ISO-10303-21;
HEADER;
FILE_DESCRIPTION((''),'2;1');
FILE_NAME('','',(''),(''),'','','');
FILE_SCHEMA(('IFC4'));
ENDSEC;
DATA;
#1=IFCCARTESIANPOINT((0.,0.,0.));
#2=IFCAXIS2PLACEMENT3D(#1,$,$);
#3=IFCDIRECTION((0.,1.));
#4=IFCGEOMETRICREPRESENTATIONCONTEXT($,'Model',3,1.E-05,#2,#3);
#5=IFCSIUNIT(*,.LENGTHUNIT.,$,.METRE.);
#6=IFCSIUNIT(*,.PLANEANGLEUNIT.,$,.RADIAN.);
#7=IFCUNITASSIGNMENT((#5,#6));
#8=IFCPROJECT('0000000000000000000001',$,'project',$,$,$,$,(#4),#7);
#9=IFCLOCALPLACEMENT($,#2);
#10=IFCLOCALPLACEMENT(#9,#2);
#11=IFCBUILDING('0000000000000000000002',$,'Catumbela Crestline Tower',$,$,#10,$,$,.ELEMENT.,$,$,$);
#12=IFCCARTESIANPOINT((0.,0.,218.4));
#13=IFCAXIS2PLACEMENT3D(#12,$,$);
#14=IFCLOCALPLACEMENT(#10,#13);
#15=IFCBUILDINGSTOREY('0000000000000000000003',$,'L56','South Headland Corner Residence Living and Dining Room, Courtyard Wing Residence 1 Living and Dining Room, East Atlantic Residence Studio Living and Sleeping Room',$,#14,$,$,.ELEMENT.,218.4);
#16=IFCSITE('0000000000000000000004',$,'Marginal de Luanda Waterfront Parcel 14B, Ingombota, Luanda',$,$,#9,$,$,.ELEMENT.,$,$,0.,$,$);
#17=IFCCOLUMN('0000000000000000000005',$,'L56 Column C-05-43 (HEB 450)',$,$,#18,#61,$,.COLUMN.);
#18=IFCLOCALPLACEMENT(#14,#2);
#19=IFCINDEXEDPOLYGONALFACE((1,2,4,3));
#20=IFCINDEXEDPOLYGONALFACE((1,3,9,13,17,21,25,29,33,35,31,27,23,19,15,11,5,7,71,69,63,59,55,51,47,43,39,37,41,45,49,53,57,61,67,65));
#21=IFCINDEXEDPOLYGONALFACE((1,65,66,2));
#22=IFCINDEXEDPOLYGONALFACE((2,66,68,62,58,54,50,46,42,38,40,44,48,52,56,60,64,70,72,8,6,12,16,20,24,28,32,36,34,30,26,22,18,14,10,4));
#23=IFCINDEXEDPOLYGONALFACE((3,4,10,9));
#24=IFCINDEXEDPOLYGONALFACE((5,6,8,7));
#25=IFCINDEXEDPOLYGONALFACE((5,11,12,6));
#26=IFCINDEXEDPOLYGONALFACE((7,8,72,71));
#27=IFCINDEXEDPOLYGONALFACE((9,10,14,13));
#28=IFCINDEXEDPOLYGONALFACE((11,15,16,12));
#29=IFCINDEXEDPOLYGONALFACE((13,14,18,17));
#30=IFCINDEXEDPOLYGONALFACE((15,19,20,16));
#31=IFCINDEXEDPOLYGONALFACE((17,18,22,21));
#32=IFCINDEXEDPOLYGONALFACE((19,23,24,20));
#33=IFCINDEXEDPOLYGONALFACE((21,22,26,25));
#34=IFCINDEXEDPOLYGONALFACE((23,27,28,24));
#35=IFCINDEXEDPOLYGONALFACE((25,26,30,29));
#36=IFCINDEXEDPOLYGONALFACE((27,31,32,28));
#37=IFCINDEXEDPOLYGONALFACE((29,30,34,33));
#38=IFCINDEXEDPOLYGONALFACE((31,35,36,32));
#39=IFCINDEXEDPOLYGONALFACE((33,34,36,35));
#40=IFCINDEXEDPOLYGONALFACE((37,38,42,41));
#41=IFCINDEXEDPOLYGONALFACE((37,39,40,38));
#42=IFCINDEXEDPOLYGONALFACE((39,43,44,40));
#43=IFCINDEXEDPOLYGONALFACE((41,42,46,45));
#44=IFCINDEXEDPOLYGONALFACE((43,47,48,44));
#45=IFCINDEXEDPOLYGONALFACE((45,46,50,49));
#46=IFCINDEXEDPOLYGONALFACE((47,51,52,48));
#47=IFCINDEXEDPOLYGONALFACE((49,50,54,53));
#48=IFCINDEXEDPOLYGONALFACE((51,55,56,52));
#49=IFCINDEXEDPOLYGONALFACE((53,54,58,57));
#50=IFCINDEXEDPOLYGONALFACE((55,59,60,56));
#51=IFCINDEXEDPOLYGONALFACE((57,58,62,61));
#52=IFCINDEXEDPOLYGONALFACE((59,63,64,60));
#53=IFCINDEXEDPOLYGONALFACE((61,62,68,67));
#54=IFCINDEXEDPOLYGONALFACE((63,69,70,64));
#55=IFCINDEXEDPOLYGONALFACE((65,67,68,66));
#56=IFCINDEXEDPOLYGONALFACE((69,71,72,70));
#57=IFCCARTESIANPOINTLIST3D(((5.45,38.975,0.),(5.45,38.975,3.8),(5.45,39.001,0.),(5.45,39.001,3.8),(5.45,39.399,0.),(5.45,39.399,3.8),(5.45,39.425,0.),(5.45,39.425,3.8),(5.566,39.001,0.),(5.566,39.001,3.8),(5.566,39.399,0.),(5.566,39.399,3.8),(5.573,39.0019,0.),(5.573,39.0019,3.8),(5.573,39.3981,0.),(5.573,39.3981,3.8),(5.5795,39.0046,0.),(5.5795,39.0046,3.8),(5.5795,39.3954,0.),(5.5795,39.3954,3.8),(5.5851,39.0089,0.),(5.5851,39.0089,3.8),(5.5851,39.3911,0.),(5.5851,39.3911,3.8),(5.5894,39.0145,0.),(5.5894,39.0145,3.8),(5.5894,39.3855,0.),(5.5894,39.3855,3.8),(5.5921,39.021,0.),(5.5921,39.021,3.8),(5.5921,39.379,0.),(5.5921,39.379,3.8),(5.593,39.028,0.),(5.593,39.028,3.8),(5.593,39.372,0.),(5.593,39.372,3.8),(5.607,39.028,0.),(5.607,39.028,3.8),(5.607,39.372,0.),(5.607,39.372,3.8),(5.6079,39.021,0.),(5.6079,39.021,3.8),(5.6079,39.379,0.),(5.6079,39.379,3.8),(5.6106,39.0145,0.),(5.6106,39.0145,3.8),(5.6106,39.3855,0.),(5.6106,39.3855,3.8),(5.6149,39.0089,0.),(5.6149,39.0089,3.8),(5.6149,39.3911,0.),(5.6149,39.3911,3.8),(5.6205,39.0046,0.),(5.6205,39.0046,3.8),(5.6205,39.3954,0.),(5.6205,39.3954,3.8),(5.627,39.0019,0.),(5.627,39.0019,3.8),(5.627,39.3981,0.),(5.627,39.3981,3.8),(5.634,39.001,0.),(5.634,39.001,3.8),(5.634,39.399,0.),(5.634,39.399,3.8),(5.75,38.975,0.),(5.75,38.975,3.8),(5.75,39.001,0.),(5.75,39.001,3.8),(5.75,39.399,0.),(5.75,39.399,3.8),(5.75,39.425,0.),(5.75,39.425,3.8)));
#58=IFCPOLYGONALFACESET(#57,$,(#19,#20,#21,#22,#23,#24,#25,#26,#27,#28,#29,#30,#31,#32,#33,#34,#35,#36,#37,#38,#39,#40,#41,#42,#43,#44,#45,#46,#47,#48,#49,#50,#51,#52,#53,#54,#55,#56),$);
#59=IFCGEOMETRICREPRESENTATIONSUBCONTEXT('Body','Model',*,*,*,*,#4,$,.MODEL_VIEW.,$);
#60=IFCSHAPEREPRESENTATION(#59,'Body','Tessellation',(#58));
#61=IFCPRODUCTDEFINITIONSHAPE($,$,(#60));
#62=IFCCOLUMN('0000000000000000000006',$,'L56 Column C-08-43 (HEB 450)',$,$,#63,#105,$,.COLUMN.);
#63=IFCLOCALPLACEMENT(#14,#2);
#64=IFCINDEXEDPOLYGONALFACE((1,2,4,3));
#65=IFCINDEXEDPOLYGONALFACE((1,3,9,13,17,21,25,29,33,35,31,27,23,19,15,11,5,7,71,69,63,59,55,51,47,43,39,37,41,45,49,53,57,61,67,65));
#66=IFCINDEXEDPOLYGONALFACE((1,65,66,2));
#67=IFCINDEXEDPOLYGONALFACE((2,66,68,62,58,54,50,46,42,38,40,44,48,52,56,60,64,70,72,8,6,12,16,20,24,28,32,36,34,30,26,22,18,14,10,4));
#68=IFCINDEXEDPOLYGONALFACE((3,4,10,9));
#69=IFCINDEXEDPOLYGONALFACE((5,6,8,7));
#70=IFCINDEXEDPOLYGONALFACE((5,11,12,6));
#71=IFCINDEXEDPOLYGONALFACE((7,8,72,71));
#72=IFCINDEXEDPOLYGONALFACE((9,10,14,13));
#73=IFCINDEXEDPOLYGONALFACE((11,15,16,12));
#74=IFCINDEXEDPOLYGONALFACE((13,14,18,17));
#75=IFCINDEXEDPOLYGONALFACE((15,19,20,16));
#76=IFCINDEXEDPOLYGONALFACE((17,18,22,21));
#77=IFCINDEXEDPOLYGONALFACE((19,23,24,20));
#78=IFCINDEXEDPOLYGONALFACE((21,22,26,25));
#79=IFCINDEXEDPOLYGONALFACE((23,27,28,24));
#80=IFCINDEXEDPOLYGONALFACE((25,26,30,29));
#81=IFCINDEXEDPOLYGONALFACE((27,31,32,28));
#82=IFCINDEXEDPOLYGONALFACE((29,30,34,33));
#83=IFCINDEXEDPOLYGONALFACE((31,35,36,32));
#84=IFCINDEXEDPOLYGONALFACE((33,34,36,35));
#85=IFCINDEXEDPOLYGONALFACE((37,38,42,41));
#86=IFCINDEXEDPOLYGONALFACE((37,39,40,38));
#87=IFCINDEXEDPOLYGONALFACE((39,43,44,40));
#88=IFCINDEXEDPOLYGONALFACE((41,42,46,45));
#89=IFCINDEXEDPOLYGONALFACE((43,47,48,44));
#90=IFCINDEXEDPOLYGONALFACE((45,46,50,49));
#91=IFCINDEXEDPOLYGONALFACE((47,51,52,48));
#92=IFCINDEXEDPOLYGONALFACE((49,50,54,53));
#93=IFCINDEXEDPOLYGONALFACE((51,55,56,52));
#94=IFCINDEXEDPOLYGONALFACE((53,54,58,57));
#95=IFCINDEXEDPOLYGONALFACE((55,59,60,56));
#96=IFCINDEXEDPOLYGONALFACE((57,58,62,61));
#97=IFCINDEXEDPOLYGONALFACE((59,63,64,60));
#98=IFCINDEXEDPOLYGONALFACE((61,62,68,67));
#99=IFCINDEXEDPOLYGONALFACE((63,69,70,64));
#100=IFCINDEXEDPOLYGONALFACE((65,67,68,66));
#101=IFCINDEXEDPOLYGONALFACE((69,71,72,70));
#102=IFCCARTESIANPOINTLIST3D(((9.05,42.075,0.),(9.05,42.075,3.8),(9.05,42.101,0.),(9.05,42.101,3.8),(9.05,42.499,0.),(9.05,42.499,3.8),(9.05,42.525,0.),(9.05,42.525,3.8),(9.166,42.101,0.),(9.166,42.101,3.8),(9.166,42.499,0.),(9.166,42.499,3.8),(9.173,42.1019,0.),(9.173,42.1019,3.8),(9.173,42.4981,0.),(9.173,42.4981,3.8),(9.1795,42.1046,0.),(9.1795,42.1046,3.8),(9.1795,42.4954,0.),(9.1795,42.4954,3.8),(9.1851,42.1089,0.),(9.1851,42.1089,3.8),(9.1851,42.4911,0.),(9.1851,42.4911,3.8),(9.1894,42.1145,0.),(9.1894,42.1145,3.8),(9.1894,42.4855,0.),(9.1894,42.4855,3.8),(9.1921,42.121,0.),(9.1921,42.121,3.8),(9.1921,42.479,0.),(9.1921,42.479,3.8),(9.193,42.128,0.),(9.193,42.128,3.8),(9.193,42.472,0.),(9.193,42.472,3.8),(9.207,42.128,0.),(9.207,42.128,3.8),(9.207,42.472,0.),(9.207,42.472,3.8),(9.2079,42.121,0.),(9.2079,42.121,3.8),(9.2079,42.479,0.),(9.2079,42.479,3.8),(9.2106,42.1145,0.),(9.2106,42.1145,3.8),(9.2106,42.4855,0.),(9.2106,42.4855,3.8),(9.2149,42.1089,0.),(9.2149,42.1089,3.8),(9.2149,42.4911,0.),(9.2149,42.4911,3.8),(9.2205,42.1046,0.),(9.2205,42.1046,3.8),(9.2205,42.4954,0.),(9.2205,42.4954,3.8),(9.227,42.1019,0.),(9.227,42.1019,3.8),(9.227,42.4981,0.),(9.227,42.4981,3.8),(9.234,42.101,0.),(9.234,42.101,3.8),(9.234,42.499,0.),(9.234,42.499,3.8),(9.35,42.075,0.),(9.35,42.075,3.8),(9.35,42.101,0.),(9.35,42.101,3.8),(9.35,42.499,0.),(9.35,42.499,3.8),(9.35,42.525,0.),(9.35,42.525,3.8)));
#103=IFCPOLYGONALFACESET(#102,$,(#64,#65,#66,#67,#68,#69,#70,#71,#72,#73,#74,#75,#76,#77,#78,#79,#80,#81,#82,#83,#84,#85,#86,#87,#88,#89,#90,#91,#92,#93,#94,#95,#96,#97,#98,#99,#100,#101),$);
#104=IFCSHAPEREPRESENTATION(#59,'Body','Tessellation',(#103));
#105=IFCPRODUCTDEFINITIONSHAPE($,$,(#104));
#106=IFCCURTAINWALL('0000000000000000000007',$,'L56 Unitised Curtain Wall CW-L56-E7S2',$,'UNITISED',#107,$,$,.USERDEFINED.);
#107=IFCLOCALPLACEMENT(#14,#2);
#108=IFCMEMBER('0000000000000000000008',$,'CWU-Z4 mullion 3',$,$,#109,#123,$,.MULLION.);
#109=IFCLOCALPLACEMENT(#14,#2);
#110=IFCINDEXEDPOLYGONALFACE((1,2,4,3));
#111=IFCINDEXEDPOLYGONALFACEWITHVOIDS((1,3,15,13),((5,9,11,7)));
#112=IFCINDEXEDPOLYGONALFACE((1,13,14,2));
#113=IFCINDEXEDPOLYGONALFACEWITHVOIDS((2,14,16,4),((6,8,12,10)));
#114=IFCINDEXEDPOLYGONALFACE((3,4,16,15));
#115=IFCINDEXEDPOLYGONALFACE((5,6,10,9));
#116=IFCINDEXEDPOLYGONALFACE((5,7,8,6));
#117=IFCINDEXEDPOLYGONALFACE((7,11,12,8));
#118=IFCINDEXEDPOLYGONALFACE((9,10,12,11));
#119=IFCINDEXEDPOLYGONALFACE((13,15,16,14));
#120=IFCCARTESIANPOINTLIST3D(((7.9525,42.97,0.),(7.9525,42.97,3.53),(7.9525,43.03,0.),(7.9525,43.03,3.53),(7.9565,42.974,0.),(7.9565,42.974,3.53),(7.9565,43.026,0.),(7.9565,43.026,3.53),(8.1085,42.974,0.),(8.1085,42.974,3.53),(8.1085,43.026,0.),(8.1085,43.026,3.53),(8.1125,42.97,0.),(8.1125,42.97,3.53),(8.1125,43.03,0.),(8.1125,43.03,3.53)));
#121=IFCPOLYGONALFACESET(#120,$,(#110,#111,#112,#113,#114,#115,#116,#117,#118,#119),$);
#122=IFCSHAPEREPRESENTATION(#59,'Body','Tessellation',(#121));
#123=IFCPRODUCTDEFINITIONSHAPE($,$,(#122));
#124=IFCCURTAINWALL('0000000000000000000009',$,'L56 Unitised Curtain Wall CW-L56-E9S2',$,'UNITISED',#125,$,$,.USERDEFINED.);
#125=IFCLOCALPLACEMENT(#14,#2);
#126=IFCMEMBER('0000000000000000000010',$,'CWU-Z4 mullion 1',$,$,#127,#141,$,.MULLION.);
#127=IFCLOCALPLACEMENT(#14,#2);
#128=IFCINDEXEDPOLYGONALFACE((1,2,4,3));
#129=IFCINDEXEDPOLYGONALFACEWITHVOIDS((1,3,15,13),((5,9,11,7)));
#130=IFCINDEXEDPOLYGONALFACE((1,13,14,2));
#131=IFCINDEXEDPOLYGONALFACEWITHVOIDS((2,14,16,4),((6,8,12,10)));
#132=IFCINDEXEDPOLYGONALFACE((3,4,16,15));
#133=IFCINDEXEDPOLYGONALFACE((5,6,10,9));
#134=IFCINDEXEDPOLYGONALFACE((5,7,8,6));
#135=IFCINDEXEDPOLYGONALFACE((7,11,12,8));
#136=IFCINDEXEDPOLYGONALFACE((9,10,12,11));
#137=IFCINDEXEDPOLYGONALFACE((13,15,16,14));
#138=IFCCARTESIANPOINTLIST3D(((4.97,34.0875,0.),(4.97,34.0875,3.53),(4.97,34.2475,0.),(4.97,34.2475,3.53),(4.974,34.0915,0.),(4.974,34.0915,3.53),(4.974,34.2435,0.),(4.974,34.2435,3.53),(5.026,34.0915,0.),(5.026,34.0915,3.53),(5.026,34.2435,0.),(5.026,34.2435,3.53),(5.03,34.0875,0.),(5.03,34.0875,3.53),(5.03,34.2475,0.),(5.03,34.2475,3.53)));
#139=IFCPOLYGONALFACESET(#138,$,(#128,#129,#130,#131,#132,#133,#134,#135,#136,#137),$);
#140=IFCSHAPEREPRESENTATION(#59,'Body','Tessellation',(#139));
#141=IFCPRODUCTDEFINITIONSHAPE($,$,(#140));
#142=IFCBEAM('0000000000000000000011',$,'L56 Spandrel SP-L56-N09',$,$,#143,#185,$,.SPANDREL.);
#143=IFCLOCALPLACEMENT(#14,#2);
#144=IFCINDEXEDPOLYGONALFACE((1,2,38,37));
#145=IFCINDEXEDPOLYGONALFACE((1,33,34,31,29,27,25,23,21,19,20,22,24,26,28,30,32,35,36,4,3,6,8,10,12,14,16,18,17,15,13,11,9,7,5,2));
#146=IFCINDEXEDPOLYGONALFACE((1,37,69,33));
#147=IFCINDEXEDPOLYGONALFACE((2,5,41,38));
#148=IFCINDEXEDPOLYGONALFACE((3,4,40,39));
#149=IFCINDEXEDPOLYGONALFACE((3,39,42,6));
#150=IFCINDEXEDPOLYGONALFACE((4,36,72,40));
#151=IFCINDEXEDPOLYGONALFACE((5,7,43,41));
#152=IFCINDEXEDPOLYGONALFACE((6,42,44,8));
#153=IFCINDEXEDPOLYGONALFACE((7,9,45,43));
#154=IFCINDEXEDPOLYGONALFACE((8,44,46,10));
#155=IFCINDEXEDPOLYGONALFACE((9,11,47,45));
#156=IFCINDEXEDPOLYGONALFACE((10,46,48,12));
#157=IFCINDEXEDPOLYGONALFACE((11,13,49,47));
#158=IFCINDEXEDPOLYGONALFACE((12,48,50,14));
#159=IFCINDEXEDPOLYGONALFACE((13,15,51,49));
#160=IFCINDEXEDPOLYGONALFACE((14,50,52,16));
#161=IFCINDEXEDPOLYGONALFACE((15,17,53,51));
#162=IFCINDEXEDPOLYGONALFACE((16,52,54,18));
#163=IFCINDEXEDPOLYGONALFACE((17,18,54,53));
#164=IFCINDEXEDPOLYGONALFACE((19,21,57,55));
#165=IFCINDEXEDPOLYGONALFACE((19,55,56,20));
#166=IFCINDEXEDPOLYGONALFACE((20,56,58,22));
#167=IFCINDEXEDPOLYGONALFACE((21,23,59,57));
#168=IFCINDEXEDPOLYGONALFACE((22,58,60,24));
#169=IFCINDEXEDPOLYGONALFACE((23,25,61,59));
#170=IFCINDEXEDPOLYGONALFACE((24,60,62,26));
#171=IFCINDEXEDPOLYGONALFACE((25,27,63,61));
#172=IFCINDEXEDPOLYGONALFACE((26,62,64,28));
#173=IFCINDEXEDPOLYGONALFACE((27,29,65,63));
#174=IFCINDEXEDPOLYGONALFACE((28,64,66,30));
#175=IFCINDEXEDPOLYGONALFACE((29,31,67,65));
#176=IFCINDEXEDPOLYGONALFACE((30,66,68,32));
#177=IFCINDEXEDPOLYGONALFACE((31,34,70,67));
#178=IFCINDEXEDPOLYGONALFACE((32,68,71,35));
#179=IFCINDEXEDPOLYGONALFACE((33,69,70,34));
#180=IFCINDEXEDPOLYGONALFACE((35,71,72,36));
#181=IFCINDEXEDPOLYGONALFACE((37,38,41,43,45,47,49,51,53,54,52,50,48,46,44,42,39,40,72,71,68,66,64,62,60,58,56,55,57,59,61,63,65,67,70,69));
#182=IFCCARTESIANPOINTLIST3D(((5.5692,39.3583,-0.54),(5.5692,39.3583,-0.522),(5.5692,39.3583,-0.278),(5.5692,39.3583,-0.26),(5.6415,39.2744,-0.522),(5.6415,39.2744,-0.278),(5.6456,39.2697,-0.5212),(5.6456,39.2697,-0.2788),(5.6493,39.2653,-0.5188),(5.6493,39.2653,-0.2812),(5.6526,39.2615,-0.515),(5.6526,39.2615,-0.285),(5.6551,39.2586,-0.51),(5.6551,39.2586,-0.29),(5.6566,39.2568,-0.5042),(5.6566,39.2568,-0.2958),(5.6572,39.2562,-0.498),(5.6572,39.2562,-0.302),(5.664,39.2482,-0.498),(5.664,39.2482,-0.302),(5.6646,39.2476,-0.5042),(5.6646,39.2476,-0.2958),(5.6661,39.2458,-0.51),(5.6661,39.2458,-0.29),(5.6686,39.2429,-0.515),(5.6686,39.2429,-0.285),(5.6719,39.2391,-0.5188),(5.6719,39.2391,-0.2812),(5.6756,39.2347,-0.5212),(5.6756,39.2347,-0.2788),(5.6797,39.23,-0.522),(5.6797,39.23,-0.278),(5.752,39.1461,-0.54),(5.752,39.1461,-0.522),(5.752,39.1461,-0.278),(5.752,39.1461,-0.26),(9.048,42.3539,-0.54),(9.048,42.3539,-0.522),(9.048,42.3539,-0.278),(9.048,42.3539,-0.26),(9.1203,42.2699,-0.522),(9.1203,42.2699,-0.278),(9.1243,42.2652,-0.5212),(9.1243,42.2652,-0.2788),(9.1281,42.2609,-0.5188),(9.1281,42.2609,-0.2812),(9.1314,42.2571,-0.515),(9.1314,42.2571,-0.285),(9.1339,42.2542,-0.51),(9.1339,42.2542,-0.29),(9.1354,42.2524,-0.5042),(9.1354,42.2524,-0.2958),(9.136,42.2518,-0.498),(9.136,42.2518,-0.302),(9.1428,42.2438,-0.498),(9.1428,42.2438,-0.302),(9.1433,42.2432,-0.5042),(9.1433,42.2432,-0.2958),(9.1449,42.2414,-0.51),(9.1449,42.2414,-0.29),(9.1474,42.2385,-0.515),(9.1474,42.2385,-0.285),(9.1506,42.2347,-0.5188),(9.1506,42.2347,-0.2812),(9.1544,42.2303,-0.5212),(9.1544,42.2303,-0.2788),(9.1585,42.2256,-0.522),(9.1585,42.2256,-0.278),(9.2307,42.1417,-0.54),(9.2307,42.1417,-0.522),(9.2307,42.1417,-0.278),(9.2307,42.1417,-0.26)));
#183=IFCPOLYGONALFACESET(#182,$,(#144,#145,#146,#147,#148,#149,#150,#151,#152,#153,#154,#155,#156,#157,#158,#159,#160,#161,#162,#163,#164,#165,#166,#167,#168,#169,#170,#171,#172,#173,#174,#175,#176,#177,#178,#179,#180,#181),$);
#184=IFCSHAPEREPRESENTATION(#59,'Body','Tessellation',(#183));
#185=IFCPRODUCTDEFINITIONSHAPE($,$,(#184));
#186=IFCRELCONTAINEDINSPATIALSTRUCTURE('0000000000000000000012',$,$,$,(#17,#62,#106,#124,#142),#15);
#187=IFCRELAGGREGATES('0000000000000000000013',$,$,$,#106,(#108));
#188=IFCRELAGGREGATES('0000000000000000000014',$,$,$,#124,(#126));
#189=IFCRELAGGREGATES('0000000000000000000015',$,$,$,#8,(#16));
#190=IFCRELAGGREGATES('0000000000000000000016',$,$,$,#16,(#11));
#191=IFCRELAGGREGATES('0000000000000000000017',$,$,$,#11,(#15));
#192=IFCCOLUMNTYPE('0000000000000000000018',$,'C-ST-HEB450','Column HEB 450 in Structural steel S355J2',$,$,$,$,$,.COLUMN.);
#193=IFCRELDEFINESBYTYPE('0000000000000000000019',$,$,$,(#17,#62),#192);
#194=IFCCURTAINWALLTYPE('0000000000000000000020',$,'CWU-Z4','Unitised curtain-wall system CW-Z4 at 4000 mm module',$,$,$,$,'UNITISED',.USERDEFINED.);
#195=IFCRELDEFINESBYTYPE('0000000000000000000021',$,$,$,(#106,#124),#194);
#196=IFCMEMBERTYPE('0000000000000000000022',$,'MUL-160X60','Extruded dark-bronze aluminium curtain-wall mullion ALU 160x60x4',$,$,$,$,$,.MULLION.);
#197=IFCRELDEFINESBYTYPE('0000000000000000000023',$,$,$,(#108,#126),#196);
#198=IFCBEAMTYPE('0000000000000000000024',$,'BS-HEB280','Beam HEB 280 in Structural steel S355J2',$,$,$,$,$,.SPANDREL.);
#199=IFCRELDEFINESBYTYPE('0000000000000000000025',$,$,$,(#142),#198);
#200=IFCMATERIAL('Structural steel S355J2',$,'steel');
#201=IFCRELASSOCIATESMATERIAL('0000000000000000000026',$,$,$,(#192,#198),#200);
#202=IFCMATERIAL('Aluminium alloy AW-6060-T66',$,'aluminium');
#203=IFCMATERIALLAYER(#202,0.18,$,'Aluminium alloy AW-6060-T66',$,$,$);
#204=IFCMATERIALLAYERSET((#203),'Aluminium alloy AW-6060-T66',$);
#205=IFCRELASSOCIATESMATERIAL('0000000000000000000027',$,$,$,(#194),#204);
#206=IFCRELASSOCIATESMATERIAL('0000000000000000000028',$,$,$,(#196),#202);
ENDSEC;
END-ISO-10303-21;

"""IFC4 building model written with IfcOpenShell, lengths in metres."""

from ifc_helpers import new_model, si_unit, direction, frame, origin, origin_2d, place, context, subcontext, project, spatial, hollow_rectangle, i_section, extrude, material, layer, layer_set, material_profile, profile_set, type_object, element, aggregate, save


model = new_model("IFC4")

# Units and contexts
model_context = context("Model", 3, precision=1e-05, world=origin(), true_north=direction((0.0, 1.0)))
body_context = subcontext(model_context, "Body", "Model", "MODEL_VIEW")
ifc_project = project(units=[si_unit("LENGTHUNIT", "METRE"), si_unit("PLANEANGLEUNIT", "RADIAN")], contexts=[model_context])

# Site, building, storey
site_placement = place(None, origin())
site = spatial("IfcSite", under=ifc_project, at=site_placement, Name="Marginal de Luanda Waterfront Parcel 14B, Ingombota, Luanda", CompositionType="ELEMENT", RefElevation=0.0)
building_placement = place(site_placement, origin())
building = spatial("IfcBuilding", under=site, at=building_placement, Name="Catumbela Crestline Tower", CompositionType="ELEMENT")
storey_placement = place(building_placement, frame((0.0, 0.0, 218.4)))
storey = spatial("IfcBuildingStorey", under=building, at=storey_placement, Name="L56", Description="South Headland Corner Residence Living and Dining Room, Courtyard Wing Residence 1 Living and Dining Room, East Atlantic Residence Studio Living and Sleeping Room", CompositionType="ELEMENT", Elevation=218.4)

# Columns
ifc_material_1 = material(Name="Structural steel S355J2", Category="steel")
ifc_material_profile_1 = material_profile(ifc_material_1, i_section(OverallWidth=0.3, OverallDepth=0.45, WebThickness=0.014, FlangeThickness=0.026, FilletRadius=0.027, at=origin_2d()), Name="HEB 450")
ifc_profile_set_1 = profile_set([ifc_material_profile_1], Name="Structural steel S355J2")
column_type = type_object("IfcColumnType", Name="C-ST-HEB450", Description="Column HEB 450 in Structural steel S355J2", PredefinedType="COLUMN", material=ifc_profile_set_1)
for number, where, z_axis, x_axis, name in (
    (1, (5.6, 39.2, 0.0), (0.0, 0.0, 1.0), (1.0, 0.0, 0.0), "L56 Column C-05-43 (HEB 450)"),
    (2, (9.2, 42.3, 0.0), (0.0, 0.0, 1.0), (1.0, 0.0, 0.0), "L56 Column C-08-43 (HEB 450)"),
):
    element("IfcColumn", number, at=place(storey_placement, frame(where, z_axis=z_axis, x_axis=x_axis)), inside=storey, type_object=column_type, Name=name, PredefinedType="COLUMN", context=body_context, shape_type="SweptSolid", body=[
        extrude(i_section(OverallWidth=0.3, OverallDepth=0.45, WebThickness=0.014, FlangeThickness=0.026, FilletRadius=0.027, at=origin_2d()), origin(), (0.0, 0.0, 1.0), 3.8),
    ])

# Curtain walls, members
ifc_material_2 = material(Name="Aluminium alloy AW-6060-T66", Category="aluminium")
ifc_layer_1 = layer(ifc_material_2, 0.18, Name="Aluminium alloy AW-6060-T66")
ifc_layer_set_1 = layer_set([ifc_layer_1], Name="Aluminium alloy AW-6060-T66")
curtain_wall_type = type_object("IfcCurtainWallType", Name="CWU-Z4", Description="Unitised curtain-wall system CW-Z4 at 4000 mm module", ElementType="UNITISED", PredefinedType="USERDEFINED", material=ifc_layer_set_1)
curtain_wall_1_placement = place(storey_placement, origin())
curtain_wall_1 = element("IfcCurtainWall", 3, at=curtain_wall_1_placement, inside=storey, type_object=curtain_wall_type, Name="L56 Unitised Curtain Wall CW-L56-E7S2", ObjectType="UNITISED", PredefinedType="USERDEFINED")
ifc_material_profile_2 = material_profile(ifc_material_2, hollow_rectangle(XDim=0.06, YDim=0.16, WallThickness=0.004, at=origin_2d()), Name="ALU 160x60x4")
ifc_profile_set_2 = profile_set([ifc_material_profile_2], Name="Aluminium alloy AW-6060-T66")
member_type_1 = type_object("IfcMemberType", Name="MUL-160X60", Description="Extruded dark-bronze aluminium curtain-wall mullion ALU 160x60x4", PredefinedType="MULLION", material=ifc_profile_set_2)
member_1_placement = place(storey_placement, frame((8.0325, 43.0, 0.0), z_axis=(0.0, 0.0, 1.0), x_axis=(0.0, -1.0, 0.0)))
member_1 = element("IfcMember", 4, at=member_1_placement, type_object=member_type_1, Name="CWU-Z4 mullion 3", PredefinedType="MULLION", context=body_context, shape_type="SweptSolid", body=[
    extrude(hollow_rectangle(XDim=0.06, YDim=0.16, WallThickness=0.004, at=origin_2d()), origin(), (0.0, 0.0, 1.0), 3.53),
])
aggregate(curtain_wall_1, [member_1])
curtain_wall_2_placement = place(storey_placement, origin())
curtain_wall_2 = element("IfcCurtainWall", 5, at=curtain_wall_2_placement, inside=storey, type_object=curtain_wall_type, Name="L56 Unitised Curtain Wall CW-L56-E9S2", ObjectType="UNITISED", PredefinedType="USERDEFINED")
member_2_placement = place(storey_placement, frame((5.0, 34.1675, 0.0), z_axis=(0.0, 0.0, 1.0), x_axis=(1.0, 0.0, 0.0)))
member_2 = element("IfcMember", 6, at=member_2_placement, type_object=member_type_1, Name="CWU-Z4 mullion 1", PredefinedType="MULLION", context=body_context, shape_type="SweptSolid", body=[
    extrude(hollow_rectangle(XDim=0.06, YDim=0.16, WallThickness=0.004, at=origin_2d()), origin(), (0.0, 0.0, 1.0), 3.53),
])

# Beam
ifc_material_profile_3 = material_profile(ifc_material_1, i_section(OverallWidth=0.28, OverallDepth=0.28, WebThickness=0.0105, FlangeThickness=0.018, FilletRadius=0.024, at=origin_2d()), Name="HEB 280")
ifc_profile_set_3 = profile_set([ifc_material_profile_3], Name="Structural steel S355J2")
beam_type = type_object("IfcBeamType", Name="BS-HEB280", Description="Beam HEB 280 in Structural steel S355J2", PredefinedType="SPANDREL", material=ifc_profile_set_3)
beam_1_placement = place(storey_placement, frame((5.6606, 39.2522, -0.4), z_axis=(0.757772, 0.652519, 0.0), x_axis=(-0.652519, 0.757772, 0.0)))
element("IfcBeam", 7, at=beam_1_placement, inside=storey, type_object=beam_type, Name="L56 Spandrel SP-L56-N09", PredefinedType="SPANDREL", context=body_context, shape_type="SweptSolid", body=[
    extrude(i_section(OverallWidth=0.28, OverallDepth=0.28, WebThickness=0.0105, FlangeThickness=0.018, FilletRadius=0.024, at=origin_2d()), origin(), (0.0, 0.0, 1.0), 4.5908),
])

aggregate(curtain_wall_2, [member_2])

save(model, "model.ifc")
